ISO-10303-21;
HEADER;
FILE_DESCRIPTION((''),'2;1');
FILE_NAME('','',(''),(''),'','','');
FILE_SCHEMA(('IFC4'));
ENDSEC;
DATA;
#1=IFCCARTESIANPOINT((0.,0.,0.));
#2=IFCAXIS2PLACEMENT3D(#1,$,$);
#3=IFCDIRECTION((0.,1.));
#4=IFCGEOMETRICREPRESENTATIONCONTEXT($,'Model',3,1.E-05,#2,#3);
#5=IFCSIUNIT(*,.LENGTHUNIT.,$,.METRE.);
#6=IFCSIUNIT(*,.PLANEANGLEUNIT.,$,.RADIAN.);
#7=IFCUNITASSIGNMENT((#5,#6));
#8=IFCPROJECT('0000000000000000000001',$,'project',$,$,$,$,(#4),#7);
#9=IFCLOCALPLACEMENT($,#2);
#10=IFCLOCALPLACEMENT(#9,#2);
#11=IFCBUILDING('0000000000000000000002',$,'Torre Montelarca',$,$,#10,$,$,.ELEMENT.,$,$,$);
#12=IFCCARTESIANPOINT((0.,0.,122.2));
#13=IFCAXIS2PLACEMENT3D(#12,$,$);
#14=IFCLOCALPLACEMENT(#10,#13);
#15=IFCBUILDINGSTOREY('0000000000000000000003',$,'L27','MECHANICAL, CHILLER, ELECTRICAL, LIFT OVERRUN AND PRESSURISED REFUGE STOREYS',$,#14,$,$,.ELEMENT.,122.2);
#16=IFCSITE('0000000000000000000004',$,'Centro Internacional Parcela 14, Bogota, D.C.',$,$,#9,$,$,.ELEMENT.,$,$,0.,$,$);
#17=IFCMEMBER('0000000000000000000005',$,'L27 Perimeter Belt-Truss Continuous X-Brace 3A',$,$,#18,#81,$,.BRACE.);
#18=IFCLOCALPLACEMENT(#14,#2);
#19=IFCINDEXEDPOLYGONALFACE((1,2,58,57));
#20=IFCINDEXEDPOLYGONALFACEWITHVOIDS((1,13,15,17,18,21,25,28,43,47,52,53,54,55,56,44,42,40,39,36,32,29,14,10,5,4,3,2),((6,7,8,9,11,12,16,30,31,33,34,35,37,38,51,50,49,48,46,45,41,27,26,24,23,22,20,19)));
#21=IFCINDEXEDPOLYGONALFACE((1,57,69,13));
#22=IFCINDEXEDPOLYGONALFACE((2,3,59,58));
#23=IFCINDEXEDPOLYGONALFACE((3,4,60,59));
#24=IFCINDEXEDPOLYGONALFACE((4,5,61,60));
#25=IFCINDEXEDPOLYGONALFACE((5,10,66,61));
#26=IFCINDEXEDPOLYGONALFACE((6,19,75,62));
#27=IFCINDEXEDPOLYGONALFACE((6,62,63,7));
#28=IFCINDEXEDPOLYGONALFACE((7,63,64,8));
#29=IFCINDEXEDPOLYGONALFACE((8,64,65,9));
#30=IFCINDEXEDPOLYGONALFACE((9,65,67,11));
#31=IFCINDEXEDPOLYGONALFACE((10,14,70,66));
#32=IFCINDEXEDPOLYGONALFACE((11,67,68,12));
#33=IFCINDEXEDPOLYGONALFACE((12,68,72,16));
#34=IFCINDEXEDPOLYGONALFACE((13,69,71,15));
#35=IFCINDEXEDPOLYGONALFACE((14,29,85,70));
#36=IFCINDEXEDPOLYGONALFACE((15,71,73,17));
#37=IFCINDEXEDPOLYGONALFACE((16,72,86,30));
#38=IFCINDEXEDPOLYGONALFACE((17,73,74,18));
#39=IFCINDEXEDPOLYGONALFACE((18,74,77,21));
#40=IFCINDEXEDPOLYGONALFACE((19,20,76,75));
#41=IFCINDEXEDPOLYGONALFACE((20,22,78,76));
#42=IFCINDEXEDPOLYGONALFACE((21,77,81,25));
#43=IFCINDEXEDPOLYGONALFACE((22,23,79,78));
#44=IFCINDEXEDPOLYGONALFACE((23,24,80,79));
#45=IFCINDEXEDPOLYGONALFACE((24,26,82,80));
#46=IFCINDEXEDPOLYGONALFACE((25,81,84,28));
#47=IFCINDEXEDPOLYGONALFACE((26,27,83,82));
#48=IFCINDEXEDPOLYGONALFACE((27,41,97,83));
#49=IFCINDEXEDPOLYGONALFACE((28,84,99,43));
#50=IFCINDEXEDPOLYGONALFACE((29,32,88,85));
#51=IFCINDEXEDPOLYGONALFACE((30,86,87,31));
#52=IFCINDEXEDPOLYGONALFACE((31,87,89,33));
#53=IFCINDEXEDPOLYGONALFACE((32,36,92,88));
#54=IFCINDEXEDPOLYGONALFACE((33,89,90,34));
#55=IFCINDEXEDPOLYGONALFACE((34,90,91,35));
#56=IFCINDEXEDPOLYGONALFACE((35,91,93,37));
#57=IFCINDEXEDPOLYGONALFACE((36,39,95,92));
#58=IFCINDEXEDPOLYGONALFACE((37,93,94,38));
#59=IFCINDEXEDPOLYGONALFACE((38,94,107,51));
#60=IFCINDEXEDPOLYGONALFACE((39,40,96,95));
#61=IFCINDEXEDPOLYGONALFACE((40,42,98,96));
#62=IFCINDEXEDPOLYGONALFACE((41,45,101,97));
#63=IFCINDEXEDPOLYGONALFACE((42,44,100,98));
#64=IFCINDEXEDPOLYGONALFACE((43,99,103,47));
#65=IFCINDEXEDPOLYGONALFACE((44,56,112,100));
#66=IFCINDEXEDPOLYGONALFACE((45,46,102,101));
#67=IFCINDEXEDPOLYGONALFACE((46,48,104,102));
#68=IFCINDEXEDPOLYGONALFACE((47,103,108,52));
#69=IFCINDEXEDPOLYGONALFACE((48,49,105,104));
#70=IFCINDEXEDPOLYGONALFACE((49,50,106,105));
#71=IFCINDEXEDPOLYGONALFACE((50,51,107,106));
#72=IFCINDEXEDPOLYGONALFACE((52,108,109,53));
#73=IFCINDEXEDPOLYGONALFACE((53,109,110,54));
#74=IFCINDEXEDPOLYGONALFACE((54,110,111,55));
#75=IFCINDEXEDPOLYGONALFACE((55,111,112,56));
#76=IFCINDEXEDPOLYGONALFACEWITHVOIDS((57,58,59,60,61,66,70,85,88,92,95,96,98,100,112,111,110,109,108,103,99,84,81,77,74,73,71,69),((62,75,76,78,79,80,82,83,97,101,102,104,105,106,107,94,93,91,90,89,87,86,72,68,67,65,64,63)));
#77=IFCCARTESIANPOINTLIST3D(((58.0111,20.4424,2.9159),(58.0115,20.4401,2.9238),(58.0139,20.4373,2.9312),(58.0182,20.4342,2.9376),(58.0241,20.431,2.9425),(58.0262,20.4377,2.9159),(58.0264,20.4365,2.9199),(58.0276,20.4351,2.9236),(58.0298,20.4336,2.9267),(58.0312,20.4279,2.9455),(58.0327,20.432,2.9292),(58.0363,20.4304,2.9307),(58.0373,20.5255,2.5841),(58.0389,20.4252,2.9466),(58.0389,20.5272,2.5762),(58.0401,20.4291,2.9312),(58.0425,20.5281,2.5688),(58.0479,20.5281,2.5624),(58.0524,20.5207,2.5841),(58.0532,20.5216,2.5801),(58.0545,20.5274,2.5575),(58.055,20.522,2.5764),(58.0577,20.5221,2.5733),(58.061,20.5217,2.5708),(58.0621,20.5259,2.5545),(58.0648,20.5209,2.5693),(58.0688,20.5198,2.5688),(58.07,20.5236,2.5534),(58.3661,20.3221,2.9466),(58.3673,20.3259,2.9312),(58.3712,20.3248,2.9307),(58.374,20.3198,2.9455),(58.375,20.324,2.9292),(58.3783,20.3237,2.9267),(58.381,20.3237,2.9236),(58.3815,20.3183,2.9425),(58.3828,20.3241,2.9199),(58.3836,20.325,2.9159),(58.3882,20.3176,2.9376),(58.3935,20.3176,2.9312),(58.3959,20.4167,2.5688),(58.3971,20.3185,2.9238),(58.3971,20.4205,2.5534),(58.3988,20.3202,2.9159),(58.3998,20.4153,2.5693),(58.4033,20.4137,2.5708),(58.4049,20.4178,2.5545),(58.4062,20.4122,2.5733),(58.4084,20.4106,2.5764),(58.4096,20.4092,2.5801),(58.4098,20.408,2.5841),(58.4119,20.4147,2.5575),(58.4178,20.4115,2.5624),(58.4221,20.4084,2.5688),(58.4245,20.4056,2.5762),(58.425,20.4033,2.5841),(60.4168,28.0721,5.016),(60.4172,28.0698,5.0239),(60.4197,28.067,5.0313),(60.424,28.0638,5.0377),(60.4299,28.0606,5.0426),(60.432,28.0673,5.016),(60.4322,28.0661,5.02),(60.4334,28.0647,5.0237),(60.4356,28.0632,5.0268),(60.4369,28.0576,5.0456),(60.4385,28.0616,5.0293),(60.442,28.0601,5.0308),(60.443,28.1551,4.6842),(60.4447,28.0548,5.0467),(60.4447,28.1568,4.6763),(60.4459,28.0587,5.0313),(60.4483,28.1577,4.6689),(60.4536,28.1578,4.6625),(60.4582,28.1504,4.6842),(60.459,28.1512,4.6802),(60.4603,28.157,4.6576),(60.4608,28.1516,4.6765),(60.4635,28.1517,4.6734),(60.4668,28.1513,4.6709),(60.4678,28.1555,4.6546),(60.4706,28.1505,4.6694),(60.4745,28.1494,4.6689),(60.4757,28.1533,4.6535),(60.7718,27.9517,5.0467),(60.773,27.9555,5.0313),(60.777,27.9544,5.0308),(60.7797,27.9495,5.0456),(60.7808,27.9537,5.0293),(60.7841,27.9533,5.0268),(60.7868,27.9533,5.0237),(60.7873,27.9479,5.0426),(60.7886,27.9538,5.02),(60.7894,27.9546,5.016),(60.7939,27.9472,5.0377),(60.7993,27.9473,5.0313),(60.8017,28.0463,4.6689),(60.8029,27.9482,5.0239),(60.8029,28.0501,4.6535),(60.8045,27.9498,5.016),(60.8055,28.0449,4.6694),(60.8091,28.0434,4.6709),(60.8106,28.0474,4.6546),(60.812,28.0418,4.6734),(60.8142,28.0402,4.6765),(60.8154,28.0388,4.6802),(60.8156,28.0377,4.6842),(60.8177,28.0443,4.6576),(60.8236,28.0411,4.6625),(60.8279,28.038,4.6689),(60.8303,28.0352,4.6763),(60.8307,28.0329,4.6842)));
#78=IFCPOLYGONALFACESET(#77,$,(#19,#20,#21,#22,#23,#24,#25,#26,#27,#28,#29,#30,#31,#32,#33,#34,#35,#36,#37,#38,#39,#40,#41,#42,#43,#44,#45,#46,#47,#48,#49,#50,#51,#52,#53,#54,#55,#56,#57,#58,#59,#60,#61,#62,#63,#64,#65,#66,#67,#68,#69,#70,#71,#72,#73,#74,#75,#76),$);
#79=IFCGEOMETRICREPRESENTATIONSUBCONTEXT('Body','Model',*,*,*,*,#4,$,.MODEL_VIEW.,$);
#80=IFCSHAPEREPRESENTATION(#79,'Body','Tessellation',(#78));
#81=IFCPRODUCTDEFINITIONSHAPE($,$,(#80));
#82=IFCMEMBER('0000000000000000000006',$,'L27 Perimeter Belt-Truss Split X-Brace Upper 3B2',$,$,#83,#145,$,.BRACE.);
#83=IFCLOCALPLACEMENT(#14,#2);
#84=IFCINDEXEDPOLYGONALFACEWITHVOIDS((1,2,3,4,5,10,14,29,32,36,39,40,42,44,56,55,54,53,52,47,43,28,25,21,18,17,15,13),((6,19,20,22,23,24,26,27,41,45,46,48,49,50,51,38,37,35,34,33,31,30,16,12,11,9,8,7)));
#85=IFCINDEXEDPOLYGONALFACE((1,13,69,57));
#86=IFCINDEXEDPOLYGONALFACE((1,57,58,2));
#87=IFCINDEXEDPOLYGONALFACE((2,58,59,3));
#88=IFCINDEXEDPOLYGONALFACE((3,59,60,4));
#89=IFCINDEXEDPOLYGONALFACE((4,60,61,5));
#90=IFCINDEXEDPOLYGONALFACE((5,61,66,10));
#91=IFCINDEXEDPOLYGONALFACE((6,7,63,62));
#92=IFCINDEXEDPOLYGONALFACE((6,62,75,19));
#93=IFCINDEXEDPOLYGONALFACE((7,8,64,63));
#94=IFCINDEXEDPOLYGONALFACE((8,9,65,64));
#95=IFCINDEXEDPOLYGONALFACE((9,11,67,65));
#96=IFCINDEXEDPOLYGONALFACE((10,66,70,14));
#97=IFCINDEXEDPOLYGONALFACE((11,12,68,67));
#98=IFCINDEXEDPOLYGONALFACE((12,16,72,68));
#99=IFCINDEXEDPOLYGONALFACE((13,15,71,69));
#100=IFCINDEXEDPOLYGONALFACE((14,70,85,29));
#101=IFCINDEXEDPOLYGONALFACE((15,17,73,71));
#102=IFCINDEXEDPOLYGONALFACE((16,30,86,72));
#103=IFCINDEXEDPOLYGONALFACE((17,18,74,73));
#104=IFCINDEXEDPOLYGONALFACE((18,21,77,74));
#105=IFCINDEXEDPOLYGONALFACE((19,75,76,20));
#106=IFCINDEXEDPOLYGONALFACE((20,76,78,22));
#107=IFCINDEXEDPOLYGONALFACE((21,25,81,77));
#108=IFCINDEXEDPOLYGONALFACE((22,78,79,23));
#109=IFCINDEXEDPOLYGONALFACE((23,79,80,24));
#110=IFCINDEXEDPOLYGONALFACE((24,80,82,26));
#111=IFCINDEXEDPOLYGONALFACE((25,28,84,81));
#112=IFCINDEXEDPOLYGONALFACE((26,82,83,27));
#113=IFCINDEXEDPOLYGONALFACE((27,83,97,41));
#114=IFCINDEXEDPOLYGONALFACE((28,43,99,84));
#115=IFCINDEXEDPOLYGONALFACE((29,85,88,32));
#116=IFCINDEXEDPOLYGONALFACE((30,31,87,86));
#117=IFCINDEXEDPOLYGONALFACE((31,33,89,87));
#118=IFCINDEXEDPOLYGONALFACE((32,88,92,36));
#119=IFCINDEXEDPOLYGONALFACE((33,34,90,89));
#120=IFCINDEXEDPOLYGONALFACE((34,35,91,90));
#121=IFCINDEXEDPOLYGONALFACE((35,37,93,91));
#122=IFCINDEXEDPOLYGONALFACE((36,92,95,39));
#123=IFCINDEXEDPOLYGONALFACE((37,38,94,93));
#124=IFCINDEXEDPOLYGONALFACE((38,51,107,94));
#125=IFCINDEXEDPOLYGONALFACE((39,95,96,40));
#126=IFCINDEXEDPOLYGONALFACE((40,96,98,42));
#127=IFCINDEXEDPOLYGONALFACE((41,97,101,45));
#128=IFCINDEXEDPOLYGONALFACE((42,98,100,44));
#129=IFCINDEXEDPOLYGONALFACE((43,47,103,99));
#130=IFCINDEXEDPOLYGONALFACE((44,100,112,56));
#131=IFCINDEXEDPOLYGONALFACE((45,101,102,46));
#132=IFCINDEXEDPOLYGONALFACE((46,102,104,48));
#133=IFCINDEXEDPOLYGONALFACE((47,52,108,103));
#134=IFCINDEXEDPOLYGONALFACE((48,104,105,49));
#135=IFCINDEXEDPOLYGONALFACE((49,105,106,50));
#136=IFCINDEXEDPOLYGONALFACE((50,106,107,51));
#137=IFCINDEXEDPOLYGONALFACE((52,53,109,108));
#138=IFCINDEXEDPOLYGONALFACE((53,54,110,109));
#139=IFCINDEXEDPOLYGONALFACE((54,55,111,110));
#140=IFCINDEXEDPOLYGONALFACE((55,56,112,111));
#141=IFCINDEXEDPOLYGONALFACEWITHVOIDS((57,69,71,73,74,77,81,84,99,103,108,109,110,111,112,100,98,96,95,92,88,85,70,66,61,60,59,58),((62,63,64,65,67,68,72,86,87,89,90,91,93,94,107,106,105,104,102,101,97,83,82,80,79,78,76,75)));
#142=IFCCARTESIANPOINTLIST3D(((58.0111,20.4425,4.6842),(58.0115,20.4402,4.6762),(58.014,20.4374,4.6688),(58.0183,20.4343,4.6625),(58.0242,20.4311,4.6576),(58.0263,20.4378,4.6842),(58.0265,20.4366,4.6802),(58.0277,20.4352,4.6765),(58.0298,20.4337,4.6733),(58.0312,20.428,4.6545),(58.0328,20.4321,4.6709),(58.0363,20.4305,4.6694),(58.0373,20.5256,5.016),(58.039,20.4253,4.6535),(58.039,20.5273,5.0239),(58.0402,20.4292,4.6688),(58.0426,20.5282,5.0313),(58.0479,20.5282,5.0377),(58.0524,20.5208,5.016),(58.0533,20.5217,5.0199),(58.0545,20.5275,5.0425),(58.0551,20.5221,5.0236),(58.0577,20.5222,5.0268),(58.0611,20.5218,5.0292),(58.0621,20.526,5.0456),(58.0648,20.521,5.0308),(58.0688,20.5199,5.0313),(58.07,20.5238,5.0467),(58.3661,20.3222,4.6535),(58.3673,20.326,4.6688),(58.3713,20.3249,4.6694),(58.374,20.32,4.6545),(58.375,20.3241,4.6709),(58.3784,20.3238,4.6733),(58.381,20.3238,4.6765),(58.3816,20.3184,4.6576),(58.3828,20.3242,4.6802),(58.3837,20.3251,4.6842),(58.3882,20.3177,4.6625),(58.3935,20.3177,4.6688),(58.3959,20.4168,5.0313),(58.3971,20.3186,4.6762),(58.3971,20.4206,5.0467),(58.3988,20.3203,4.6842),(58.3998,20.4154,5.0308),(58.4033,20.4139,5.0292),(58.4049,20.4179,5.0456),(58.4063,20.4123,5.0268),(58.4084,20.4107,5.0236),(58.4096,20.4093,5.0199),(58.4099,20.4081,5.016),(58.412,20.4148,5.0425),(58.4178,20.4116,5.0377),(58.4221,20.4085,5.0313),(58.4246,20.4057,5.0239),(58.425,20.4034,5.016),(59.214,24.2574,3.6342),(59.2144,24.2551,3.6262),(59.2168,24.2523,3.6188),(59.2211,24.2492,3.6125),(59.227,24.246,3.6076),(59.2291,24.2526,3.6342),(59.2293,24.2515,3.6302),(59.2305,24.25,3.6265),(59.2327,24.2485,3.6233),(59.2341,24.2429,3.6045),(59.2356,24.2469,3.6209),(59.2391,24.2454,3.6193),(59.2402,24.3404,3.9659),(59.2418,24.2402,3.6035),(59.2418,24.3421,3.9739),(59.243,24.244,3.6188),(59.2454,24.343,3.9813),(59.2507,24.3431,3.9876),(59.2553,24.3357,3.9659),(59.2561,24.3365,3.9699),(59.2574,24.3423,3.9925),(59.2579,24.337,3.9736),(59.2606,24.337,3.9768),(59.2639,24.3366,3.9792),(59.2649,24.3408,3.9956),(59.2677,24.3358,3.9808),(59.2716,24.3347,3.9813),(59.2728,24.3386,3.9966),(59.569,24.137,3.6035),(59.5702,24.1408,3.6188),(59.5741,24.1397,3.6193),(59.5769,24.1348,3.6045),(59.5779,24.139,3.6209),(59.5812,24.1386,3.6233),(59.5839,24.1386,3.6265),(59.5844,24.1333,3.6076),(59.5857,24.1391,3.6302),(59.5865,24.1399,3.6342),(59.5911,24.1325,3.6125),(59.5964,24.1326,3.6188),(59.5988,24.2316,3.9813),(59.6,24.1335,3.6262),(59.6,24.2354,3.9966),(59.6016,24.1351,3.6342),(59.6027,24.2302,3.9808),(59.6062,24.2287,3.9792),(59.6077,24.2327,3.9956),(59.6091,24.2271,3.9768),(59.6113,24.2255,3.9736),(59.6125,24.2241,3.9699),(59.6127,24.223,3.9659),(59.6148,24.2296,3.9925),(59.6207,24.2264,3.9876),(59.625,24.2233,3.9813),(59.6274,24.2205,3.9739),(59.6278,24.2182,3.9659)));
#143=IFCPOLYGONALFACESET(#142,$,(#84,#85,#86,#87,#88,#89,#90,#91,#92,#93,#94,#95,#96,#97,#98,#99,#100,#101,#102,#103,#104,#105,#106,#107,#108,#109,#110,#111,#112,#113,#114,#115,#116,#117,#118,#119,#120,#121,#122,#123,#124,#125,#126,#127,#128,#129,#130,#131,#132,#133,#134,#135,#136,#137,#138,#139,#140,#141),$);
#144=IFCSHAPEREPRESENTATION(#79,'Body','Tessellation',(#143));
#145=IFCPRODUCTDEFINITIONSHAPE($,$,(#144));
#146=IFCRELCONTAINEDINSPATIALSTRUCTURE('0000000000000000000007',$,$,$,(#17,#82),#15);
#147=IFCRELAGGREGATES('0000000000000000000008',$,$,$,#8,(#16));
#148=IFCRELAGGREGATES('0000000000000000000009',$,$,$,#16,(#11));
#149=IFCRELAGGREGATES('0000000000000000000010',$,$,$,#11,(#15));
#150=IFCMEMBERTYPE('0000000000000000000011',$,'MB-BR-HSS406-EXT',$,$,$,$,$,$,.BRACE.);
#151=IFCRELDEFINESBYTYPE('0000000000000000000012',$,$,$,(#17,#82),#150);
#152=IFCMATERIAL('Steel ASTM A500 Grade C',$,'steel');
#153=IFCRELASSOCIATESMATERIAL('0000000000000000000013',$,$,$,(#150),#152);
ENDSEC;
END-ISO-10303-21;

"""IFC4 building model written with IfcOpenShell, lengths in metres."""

from ifc_helpers import new_model, si_unit, direction, frame, origin, origin_2d, place, context, subcontext, project, spatial, hollow_rectangle, extrude, source, transform, mapped, material, material_profile, profile_set, type_object, element, save


model = new_model("IFC4")

# Units and contexts
model_context = context("Model", 3, precision=1e-05, world=origin(), true_north=direction((0.0, 1.0)))
body_context = subcontext(model_context, "Body", "Model", "MODEL_VIEW")
ifc_project = project(units=[si_unit("LENGTHUNIT", "METRE"), si_unit("PLANEANGLEUNIT", "RADIAN")], contexts=[model_context])

# Site, building, storey
site_placement = place(None, origin())
site = spatial("IfcSite", under=ifc_project, at=site_placement, Name="Centro Internacional Parcela 14, Bogota, D.C.", CompositionType="ELEMENT", RefElevation=0.0)
building_placement = place(site_placement, origin())
building = spatial("IfcBuilding", under=site, at=building_placement, Name="Torre Montelarca", CompositionType="ELEMENT")
storey_placement = place(building_placement, frame((0.0, 0.0, 122.2)))
storey = spatial("IfcBuildingStorey", under=building, at=storey_placement, Name="L27", Description="MECHANICAL, CHILLER, ELECTRICAL, LIFT OVERRUN AND PRESSURISED REFUGE STOREYS", CompositionType="ELEMENT", Elevation=122.2)

# Members
ifc_material_1 = material(Name="Steel ASTM A500 Grade C", Category="steel")
ifc_material_profile_1 = material_profile(ifc_material_1, hollow_rectangle(XDim=0.4065, YDim=0.4065, WallThickness=0.0159, InnerFilletRadius=0.0159, OuterFilletRadius=0.0317, at=origin_2d()), Name="HSS406X406X15.9", Category="steel")
ifc_profile_set_1 = profile_set([ifc_material_profile_1], Name="Steel ASTM A500 Grade C")
member_type_1 = type_object("IfcMemberType", Name="MB-BR-HSS406-EXT", PredefinedType="BRACE", material=ifc_profile_set_1)
shared_shape_1 = source(origin(), body_context, "Body", "SweptSolid", [
    extrude(hollow_rectangle(XDim=0.4065, YDim=0.4065, WallThickness=0.0159, InnerFilletRadius=0.0159, OuterFilletRadius=0.0317, at=origin_2d()), origin(), (0.0, 0.0, 1.0), 8.271),
])
member_1_placement = place(storey_placement, frame((58.218, 20.4229, 2.75), z_axis=(0.290867, 0.922456, 0.253911), x_axis=(-0.953712, 0.300722, 0.0)))
element("IfcMember", 1, at=member_1_placement, inside=storey, type_object=member_type_1, Name="L27 Perimeter Belt-Truss Continuous X-Brace 3A", PredefinedType="BRACE", context=body_context, shape_type="MappedRepresentation", body=[
    mapped(shared_shape_1, transform((0.0, 0.0, 0.0), scale=1.0)),
])
shared_shape_2 = source(origin(), body_context, "Body", "SweptSolid", [
    extrude(hollow_rectangle(XDim=0.4065, YDim=0.4065, WallThickness=0.0159, InnerFilletRadius=0.0159, OuterFilletRadius=0.0317, at=origin_2d()), origin(), (0.0, 0.0, 1.0), 4.1355),
])
member_2_placement = place(storey_placement, frame((59.4209, 24.2378, 3.8), z_axis=(-0.290859, -0.922461, 0.253904), x_axis=(0.953714, -0.300714, 0.0)))
element("IfcMember", 2, at=member_2_placement, inside=storey, type_object=member_type_1, Name="L27 Perimeter Belt-Truss Split X-Brace Upper 3B2", PredefinedType="BRACE", context=body_context, shape_type="MappedRepresentation", body=[
    mapped(shared_shape_2, transform((0.0, 0.0, 0.0), scale=1.0)),
])

save(model, "model.ifc")
